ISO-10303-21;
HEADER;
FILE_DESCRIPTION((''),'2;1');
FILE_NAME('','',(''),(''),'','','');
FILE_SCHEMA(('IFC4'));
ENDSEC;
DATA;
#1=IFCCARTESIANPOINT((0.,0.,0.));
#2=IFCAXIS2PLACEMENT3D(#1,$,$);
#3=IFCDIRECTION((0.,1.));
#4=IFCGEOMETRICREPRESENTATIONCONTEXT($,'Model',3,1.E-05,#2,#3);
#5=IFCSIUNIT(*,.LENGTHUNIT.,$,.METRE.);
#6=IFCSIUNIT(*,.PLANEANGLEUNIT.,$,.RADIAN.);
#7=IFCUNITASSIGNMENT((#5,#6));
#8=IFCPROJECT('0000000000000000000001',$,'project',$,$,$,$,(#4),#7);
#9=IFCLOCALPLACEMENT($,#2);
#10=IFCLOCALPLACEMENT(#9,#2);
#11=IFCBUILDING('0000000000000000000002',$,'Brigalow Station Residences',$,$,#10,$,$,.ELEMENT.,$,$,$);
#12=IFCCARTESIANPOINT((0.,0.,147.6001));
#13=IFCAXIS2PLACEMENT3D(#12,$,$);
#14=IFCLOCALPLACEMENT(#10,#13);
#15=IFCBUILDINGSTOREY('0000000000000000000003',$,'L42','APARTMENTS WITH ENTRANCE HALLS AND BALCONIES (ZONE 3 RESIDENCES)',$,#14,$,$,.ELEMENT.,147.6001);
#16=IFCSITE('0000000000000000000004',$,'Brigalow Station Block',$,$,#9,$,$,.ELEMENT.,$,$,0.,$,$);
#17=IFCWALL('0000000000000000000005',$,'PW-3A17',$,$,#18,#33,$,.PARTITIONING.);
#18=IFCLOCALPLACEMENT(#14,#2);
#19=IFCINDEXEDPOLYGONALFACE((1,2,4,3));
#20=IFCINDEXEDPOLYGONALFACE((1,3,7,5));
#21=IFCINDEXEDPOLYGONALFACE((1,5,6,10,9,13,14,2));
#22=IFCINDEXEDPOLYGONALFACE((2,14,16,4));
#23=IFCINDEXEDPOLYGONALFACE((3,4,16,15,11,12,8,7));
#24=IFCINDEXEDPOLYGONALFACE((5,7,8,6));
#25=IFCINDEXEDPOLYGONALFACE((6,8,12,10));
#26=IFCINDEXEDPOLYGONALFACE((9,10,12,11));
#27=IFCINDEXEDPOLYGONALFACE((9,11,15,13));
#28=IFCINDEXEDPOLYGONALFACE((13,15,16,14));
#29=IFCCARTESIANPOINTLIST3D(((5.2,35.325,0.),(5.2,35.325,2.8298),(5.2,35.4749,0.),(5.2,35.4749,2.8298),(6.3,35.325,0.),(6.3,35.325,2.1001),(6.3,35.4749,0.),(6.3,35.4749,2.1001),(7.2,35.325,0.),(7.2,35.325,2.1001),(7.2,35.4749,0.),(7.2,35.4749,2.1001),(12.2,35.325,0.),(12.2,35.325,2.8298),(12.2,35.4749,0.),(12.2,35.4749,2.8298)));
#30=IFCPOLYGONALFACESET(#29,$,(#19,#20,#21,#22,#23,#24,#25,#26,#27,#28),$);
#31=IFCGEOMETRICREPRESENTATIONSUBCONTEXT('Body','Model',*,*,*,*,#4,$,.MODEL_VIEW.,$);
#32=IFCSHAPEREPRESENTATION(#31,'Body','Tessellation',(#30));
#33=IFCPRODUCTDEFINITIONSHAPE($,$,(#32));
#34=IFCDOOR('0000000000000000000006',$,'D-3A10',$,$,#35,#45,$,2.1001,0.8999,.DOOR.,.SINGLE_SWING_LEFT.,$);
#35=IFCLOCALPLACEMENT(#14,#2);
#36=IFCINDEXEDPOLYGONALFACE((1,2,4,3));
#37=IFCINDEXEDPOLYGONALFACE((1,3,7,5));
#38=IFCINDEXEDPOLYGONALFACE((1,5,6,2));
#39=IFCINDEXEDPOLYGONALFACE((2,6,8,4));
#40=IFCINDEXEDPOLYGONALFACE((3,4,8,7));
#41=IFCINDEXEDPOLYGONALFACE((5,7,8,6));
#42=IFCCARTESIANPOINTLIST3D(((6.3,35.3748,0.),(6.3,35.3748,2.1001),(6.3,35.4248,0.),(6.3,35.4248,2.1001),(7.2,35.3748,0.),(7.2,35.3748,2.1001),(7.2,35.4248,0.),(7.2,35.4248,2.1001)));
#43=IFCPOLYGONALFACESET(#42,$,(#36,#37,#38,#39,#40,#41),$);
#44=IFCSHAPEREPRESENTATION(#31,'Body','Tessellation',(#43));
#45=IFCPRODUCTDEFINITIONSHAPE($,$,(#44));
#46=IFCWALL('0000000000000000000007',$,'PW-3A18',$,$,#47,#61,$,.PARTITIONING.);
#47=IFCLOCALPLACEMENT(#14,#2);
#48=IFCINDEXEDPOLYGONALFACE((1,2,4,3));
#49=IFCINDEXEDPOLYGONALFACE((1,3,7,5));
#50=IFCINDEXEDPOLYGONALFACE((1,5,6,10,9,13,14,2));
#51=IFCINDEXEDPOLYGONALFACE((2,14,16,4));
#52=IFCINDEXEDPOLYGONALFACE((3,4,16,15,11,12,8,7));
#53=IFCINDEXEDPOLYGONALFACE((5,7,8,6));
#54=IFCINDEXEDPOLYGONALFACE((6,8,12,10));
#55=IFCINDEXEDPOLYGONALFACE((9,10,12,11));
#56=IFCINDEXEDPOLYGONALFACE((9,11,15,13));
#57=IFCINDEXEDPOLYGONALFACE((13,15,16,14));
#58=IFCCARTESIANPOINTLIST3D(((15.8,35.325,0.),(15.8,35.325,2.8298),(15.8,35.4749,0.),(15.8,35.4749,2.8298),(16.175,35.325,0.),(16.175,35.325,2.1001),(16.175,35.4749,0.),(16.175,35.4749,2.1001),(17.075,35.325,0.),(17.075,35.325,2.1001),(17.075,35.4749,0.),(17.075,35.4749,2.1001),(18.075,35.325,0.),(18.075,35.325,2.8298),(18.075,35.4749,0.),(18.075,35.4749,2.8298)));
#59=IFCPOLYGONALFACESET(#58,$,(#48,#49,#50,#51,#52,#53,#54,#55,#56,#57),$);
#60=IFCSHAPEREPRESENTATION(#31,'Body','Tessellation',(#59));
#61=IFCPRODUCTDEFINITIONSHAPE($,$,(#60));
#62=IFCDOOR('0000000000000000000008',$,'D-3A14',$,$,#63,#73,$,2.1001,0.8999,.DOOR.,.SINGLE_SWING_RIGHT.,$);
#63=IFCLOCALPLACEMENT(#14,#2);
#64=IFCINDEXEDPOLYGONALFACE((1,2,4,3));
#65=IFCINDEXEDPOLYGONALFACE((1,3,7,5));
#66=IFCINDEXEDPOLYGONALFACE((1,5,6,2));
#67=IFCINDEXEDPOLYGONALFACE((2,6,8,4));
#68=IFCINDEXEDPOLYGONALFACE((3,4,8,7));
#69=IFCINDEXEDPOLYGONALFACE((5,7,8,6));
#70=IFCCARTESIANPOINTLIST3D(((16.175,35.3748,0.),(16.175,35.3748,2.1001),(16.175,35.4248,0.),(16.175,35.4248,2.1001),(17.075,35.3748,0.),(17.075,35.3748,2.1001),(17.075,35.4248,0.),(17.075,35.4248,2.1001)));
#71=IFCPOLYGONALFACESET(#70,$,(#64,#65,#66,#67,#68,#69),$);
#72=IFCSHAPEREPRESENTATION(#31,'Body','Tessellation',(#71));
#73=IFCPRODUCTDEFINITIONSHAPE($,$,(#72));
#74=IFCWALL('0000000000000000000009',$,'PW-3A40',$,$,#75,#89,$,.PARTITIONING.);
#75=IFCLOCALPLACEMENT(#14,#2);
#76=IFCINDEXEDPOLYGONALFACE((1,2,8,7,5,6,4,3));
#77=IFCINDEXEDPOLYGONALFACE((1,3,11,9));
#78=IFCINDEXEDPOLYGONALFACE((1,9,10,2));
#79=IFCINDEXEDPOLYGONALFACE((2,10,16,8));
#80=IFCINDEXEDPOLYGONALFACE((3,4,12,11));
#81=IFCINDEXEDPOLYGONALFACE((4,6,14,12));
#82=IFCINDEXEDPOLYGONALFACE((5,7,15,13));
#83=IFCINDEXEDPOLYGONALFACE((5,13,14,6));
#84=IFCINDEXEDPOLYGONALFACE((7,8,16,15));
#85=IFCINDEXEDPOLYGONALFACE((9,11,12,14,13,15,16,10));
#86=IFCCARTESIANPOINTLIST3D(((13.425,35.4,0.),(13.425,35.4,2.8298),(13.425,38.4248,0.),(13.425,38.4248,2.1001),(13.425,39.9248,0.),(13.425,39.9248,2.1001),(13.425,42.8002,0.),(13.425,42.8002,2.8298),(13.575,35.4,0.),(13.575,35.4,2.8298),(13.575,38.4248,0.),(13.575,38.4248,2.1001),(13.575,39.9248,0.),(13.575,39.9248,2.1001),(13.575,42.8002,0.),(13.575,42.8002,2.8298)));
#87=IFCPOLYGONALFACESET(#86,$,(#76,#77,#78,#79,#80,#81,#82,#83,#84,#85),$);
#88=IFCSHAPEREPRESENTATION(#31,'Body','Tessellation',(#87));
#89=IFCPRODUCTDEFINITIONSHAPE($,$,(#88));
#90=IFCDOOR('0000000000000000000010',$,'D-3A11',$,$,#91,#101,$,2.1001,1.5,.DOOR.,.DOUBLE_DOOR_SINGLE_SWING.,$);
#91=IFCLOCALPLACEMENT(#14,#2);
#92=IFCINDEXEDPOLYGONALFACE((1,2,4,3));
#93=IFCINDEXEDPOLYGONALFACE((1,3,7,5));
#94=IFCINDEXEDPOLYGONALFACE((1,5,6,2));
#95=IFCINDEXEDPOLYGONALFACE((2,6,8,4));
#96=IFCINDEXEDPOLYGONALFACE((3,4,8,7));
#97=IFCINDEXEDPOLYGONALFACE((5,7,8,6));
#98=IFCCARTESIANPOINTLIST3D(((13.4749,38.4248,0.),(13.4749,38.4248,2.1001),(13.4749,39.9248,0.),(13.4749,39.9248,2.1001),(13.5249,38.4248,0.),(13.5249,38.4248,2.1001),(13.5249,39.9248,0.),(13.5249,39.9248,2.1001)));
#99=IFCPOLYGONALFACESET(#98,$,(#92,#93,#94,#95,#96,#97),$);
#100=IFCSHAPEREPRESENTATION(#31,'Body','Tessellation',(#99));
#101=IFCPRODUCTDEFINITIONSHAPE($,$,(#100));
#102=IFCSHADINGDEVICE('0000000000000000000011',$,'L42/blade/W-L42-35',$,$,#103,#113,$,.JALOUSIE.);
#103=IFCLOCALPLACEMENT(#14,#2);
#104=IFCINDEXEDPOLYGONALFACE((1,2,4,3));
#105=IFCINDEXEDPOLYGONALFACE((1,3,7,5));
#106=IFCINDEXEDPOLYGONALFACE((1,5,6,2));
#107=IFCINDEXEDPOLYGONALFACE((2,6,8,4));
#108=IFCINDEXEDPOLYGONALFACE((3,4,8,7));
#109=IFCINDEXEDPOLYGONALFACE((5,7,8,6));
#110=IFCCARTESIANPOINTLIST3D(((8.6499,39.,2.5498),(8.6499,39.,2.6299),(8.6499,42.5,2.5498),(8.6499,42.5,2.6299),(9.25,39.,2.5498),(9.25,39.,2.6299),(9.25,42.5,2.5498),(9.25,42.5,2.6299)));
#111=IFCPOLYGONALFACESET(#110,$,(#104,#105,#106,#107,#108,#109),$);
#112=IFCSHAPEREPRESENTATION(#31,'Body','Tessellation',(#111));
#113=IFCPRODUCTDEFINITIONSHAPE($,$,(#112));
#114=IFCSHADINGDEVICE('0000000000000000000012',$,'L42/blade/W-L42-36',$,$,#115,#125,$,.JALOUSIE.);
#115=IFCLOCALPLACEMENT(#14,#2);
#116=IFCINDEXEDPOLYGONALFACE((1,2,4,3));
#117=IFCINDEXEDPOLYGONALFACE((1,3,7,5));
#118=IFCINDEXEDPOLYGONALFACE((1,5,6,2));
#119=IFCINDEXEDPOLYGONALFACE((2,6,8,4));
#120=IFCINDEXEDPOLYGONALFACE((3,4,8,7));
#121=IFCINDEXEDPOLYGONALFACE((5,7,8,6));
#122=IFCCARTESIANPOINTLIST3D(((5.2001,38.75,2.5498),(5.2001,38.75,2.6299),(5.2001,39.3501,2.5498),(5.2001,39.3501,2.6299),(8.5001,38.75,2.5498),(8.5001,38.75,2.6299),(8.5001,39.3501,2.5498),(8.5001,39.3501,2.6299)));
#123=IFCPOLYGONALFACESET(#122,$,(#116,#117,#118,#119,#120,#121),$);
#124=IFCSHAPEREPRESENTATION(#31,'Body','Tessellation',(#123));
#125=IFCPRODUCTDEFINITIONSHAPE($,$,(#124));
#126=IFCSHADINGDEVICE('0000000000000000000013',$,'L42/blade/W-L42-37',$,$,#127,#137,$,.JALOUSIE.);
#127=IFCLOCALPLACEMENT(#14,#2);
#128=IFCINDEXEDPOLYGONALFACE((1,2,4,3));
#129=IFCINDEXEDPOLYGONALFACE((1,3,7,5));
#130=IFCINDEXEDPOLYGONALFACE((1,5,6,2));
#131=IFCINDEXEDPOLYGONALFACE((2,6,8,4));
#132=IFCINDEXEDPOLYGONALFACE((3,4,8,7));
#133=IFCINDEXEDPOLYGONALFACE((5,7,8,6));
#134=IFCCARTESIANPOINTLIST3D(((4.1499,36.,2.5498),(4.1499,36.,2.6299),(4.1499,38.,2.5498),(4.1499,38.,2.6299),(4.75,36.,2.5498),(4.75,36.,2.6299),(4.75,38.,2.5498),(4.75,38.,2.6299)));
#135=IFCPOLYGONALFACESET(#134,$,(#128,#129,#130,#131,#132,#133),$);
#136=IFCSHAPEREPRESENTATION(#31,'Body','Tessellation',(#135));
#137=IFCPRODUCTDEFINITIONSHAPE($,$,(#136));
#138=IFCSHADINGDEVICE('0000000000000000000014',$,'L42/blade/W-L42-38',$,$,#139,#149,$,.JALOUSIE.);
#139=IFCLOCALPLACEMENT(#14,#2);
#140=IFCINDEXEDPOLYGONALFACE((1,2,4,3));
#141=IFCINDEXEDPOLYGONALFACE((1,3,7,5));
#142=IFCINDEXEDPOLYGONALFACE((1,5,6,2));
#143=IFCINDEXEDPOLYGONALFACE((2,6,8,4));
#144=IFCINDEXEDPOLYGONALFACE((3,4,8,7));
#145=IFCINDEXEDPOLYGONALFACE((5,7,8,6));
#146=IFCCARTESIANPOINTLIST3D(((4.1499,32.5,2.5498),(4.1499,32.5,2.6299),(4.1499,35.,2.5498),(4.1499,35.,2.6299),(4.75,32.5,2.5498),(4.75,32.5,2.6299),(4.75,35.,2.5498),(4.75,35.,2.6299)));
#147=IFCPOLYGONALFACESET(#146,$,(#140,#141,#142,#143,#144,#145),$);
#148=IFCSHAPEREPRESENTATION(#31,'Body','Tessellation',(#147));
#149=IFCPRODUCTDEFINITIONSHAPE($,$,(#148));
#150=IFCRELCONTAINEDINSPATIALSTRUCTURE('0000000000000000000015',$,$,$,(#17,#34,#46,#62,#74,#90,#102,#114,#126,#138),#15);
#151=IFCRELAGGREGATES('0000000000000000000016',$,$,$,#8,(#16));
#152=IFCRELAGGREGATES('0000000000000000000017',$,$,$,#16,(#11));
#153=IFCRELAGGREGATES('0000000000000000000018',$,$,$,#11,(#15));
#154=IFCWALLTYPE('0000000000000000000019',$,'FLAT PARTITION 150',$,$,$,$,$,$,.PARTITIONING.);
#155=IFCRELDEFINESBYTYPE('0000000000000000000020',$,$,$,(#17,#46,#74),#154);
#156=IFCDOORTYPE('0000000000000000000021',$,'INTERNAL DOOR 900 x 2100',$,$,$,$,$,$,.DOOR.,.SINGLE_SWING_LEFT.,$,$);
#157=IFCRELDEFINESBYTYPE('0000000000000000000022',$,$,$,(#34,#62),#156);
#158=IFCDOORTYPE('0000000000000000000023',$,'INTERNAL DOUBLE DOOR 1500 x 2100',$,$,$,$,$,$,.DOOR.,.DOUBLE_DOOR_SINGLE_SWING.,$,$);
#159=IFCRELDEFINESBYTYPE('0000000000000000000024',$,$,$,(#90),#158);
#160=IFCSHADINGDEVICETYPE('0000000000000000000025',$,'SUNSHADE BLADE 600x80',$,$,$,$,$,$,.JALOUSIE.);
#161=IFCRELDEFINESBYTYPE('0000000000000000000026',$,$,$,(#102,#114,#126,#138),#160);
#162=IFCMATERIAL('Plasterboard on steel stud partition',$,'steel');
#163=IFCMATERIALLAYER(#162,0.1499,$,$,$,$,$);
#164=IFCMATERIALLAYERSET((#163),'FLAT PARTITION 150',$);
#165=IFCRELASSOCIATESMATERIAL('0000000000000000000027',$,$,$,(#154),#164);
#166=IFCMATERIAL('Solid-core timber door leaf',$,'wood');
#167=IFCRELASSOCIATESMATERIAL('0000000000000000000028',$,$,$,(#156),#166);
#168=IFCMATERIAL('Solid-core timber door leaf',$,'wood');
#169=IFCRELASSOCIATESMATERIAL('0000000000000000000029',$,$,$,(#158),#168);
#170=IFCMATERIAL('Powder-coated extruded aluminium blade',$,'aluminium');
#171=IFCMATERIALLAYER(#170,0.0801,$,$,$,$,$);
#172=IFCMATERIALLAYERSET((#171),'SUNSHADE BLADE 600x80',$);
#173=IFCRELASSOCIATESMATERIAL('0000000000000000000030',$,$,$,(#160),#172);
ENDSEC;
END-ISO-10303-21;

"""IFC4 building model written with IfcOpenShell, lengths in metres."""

from ifc_helpers import new_model, si_unit, direction, frame, frame_2d, origin, origin_2d, place, context, subcontext, project, spatial, rectangle, extrude, material, layer, layer_set, type_object, element, fill, save


model = new_model("IFC4")

# Units and contexts
model_context = context("Model", 3, precision=1e-05, world=origin(), true_north=direction((0.0, 1.0)))
body_context = subcontext(model_context, "Body", "Model", "MODEL_VIEW")
ifc_project = project(units=[si_unit("LENGTHUNIT", "METRE"), si_unit("PLANEANGLEUNIT", "RADIAN")], contexts=[model_context])

# Site, building, storey
site_placement = place(None, origin())
site = spatial("IfcSite", under=ifc_project, at=site_placement, Name="Brigalow Station Block", CompositionType="ELEMENT", RefElevation=0.0)
building_placement = place(site_placement, origin())
building = spatial("IfcBuilding", under=site, at=building_placement, Name="Brigalow Station Residences", CompositionType="ELEMENT")
storey_placement = place(building_placement, frame((0.0, 0.0, 147.6001)))
storey = spatial("IfcBuildingStorey", under=building, at=storey_placement, Name="L42", Description="APARTMENTS WITH ENTRANCE HALLS AND BALCONIES (ZONE 3 RESIDENCES)", CompositionType="ELEMENT", Elevation=147.6001)

# Walls, openings, doors
ifc_material_1 = material(Name="Plasterboard on steel stud partition", Category="steel")
ifc_layer_1 = layer(ifc_material_1, 0.1499)
ifc_layer_set_1 = layer_set([ifc_layer_1], Name="FLAT PARTITION 150")
wall_type_1 = type_object("IfcWallType", Name="FLAT PARTITION 150", PredefinedType="PARTITIONING", material=ifc_layer_set_1)
wall_1_placement = place(storey_placement, frame((5.2, 35.3999, 0.0), z_axis=(0.0, 0.0, 1.0), x_axis=(1.0, 0.0, 0.0)))
wall_1 = element("IfcWall", 1, at=wall_1_placement, inside=storey, type_object=wall_type_1, Name="PW-3A17", PredefinedType="PARTITIONING", context=body_context, shape_type="SweptSolid", body=[
    extrude(rectangle(XDim=7.0, YDim=0.1499, at=frame_2d((3.5, 0.0))), origin(), (0.0, 0.0, 1.0), 2.8298),
])
opening_1_placement = place(wall_1_placement, frame((1.1001, 0.0, 0.0)))
opening_1 = element("IfcOpeningElement", 2, at=opening_1_placement, cuts=wall_1, PredefinedType="OPENING", context=body_context, shape_type="SweptSolid", body=[
    extrude(rectangle(XDim=0.8999, YDim=2.1001, at=frame_2d((0.45, 1.05))), frame((0.0, 0.085, 0.0), z_axis=(0.0, -1.0, 0.0), x_axis=(1.0, 0.0, 0.0)), (0.0, 0.0, 1.0), 0.1699),
])
ifc_material_2 = material(Name="Solid-core timber door leaf", Category="wood")
door_type_1 = type_object("IfcDoorType", Name="INTERNAL DOOR 900 x 2100", OperationType="SINGLE_SWING_LEFT", PredefinedType="DOOR", material=ifc_material_2)
door_1_placement = place(opening_1_placement, origin())
door_1 = element("IfcDoor", 3, at=door_1_placement, inside=storey, type_object=door_type_1, Name="D-3A10", OperationType="SINGLE_SWING_LEFT", OverallHeight=2.1001, OverallWidth=0.8999, PredefinedType="DOOR", context=body_context, shape_type="SweptSolid", body=[
    extrude(rectangle(XDim=0.8999, YDim=2.1001, at=frame_2d((0.45, 1.05))), frame((0.0, 0.0249, 0.0), z_axis=(0.0, -1.0, 0.0), x_axis=(1.0, 0.0, 0.0)), (0.0, 0.0, 1.0), 0.05),
])
fill(opening_1, door_1)
wall_2_placement = place(storey_placement, frame((15.8, 35.3999, 0.0), z_axis=(0.0, 0.0, 1.0), x_axis=(1.0, 0.0, 0.0)))
wall_2 = element("IfcWall", 4, at=wall_2_placement, inside=storey, type_object=wall_type_1, Name="PW-3A18", PredefinedType="PARTITIONING", context=body_context, shape_type="SweptSolid", body=[
    extrude(rectangle(XDim=2.2749, YDim=0.1499, at=frame_2d((1.1375, 0.0))), origin(), (0.0, 0.0, 1.0), 2.8298),
])
opening_2_placement = place(wall_2_placement, frame((0.375, 0.0, 0.0)))
opening_2 = element("IfcOpeningElement", 5, at=opening_2_placement, cuts=wall_2, PredefinedType="OPENING", context=body_context, shape_type="SweptSolid", body=[
    extrude(rectangle(XDim=0.8999, YDim=2.1001, at=frame_2d((0.45, 1.05))), frame((0.0, 0.085, 0.0), z_axis=(0.0, -1.0, 0.0), x_axis=(1.0, 0.0, 0.0)), (0.0, 0.0, 1.0), 0.1699),
])
door_2_placement = place(opening_2_placement, origin())
door_2 = element("IfcDoor", 6, at=door_2_placement, inside=storey, type_object=door_type_1, Name="D-3A14", OperationType="SINGLE_SWING_RIGHT", OverallHeight=2.1001, OverallWidth=0.8999, PredefinedType="DOOR", context=body_context, shape_type="SweptSolid", body=[
    extrude(rectangle(XDim=0.8999, YDim=2.1001, at=frame_2d((0.45, 1.05))), frame((0.0, 0.0249, 0.0), z_axis=(0.0, -1.0, 0.0), x_axis=(1.0, 0.0, 0.0)), (0.0, 0.0, 1.0), 0.05),
])
fill(opening_2, door_2)
wall_3_placement = place(storey_placement, frame((13.5, 35.3999, 0.0), z_axis=(0.0, 0.0, 1.0), x_axis=(0.0, 1.0, 0.0)))
wall_3 = element("IfcWall", 7, at=wall_3_placement, inside=storey, type_object=wall_type_1, Name="PW-3A40", PredefinedType="PARTITIONING", context=body_context, shape_type="SweptSolid", body=[
    extrude(rectangle(XDim=7.4001, YDim=0.1499, at=frame_2d((3.7002, 0.0))), origin(), (0.0, 0.0, 1.0), 2.8298),
])
opening_3_placement = place(wall_3_placement, frame((3.0249, 0.0, 0.0)))
opening_3 = element("IfcOpeningElement", 8, at=opening_3_placement, cuts=wall_3, PredefinedType="OPENING", context=body_context, shape_type="SweptSolid", body=[
    extrude(rectangle(XDim=1.5, YDim=2.1001, at=frame_2d((0.75, 1.05))), frame((0.0, 0.085, 0.0), z_axis=(0.0, -1.0, 0.0), x_axis=(1.0, 0.0, 0.0)), (0.0, 0.0, 1.0), 0.1699),
])
ifc_material_3 = material(Name="Solid-core timber door leaf", Category="wood")
door_type_2 = type_object("IfcDoorType", Name="INTERNAL DOUBLE DOOR 1500 x 2100", OperationType="DOUBLE_DOOR_SINGLE_SWING", PredefinedType="DOOR", material=ifc_material_3)
door_3_placement = place(opening_3_placement, frame((1.5, 0.0, 0.0), z_axis=(0.0, 0.0, 1.0), x_axis=(-1.0, 0.0, 0.0)))
door_3 = element("IfcDoor", 9, at=door_3_placement, inside=storey, type_object=door_type_2, Name="D-3A11", OperationType="DOUBLE_DOOR_SINGLE_SWING", OverallHeight=2.1001, OverallWidth=1.5, PredefinedType="DOOR", context=body_context, shape_type="SweptSolid", body=[
    extrude(rectangle(XDim=1.5, YDim=2.1001, at=frame_2d((0.75, 1.05))), frame((0.0, 0.0249, 0.0), z_axis=(0.0, -1.0, 0.0), x_axis=(1.0, 0.0, 0.0)), (0.0, 0.0, 1.0), 0.05),
])
fill(opening_3, door_3)

# Shading devices
ifc_material_4 = material(Name="Powder-coated extruded aluminium blade", Category="aluminium")
ifc_layer_2 = layer(ifc_material_4, 0.0801)
ifc_layer_set_2 = layer_set([ifc_layer_2], Name="SUNSHADE BLADE 600x80")
shading_device_type = type_object("IfcShadingDeviceType", Name="SUNSHADE BLADE 600x80", PredefinedType="JALOUSIE", material=ifc_layer_set_2)
shading_device_1_placement = place(storey_placement, frame((8.95, 40.75, 2.5498), z_axis=(0.0, 0.0, 1.0), x_axis=(0.0, -1.0, 0.0)))
element("IfcShadingDevice", 10, at=shading_device_1_placement, inside=storey, type_object=shading_device_type, Name="L42/blade/W-L42-35", PredefinedType="JALOUSIE", context=body_context, shape_type="SweptSolid", body=[
    extrude(rectangle(XDim=3.5, YDim=0.6001, at=origin_2d()), origin(), (0.0, 0.0, 1.0), 0.0801),
])
shading_device_2_placement = place(storey_placement, frame((6.8501, 39.05, 2.5498), z_axis=(0.0, 0.0, 1.0), x_axis=(-1.0, 0.0, 0.0)))
element("IfcShadingDevice", 11, at=shading_device_2_placement, inside=storey, type_object=shading_device_type, Name="L42/blade/W-L42-36", PredefinedType="JALOUSIE", context=body_context, shape_type="SweptSolid", body=[
    extrude(rectangle(XDim=3.3, YDim=0.6001, at=origin_2d()), origin(), (0.0, 0.0, 1.0), 0.0801),
])
shading_device_3_placement = place(storey_placement, frame((4.45, 37.0, 2.5498), z_axis=(0.0, 0.0, 1.0), x_axis=(0.0, -1.0, 0.0)))
element("IfcShadingDevice", 12, at=shading_device_3_placement, inside=storey, type_object=shading_device_type, Name="L42/blade/W-L42-37", PredefinedType="JALOUSIE", context=body_context, shape_type="SweptSolid", body=[
    extrude(rectangle(XDim=2.0, YDim=0.6001, at=origin_2d()), origin(), (0.0, 0.0, 1.0), 0.0801),
])
shading_device_4_placement = place(storey_placement, frame((4.45, 33.75, 2.5498), z_axis=(0.0, 0.0, 1.0), x_axis=(0.0, -1.0, 0.0)))
element("IfcShadingDevice", 13, at=shading_device_4_placement, inside=storey, type_object=shading_device_type, Name="L42/blade/W-L42-38", PredefinedType="JALOUSIE", context=body_context, shape_type="SweptSolid", body=[
    extrude(rectangle(XDim=2.5, YDim=0.6001, at=origin_2d()), origin(), (0.0, 0.0, 1.0), 0.0801),
])

save(model, "model.ifc")
